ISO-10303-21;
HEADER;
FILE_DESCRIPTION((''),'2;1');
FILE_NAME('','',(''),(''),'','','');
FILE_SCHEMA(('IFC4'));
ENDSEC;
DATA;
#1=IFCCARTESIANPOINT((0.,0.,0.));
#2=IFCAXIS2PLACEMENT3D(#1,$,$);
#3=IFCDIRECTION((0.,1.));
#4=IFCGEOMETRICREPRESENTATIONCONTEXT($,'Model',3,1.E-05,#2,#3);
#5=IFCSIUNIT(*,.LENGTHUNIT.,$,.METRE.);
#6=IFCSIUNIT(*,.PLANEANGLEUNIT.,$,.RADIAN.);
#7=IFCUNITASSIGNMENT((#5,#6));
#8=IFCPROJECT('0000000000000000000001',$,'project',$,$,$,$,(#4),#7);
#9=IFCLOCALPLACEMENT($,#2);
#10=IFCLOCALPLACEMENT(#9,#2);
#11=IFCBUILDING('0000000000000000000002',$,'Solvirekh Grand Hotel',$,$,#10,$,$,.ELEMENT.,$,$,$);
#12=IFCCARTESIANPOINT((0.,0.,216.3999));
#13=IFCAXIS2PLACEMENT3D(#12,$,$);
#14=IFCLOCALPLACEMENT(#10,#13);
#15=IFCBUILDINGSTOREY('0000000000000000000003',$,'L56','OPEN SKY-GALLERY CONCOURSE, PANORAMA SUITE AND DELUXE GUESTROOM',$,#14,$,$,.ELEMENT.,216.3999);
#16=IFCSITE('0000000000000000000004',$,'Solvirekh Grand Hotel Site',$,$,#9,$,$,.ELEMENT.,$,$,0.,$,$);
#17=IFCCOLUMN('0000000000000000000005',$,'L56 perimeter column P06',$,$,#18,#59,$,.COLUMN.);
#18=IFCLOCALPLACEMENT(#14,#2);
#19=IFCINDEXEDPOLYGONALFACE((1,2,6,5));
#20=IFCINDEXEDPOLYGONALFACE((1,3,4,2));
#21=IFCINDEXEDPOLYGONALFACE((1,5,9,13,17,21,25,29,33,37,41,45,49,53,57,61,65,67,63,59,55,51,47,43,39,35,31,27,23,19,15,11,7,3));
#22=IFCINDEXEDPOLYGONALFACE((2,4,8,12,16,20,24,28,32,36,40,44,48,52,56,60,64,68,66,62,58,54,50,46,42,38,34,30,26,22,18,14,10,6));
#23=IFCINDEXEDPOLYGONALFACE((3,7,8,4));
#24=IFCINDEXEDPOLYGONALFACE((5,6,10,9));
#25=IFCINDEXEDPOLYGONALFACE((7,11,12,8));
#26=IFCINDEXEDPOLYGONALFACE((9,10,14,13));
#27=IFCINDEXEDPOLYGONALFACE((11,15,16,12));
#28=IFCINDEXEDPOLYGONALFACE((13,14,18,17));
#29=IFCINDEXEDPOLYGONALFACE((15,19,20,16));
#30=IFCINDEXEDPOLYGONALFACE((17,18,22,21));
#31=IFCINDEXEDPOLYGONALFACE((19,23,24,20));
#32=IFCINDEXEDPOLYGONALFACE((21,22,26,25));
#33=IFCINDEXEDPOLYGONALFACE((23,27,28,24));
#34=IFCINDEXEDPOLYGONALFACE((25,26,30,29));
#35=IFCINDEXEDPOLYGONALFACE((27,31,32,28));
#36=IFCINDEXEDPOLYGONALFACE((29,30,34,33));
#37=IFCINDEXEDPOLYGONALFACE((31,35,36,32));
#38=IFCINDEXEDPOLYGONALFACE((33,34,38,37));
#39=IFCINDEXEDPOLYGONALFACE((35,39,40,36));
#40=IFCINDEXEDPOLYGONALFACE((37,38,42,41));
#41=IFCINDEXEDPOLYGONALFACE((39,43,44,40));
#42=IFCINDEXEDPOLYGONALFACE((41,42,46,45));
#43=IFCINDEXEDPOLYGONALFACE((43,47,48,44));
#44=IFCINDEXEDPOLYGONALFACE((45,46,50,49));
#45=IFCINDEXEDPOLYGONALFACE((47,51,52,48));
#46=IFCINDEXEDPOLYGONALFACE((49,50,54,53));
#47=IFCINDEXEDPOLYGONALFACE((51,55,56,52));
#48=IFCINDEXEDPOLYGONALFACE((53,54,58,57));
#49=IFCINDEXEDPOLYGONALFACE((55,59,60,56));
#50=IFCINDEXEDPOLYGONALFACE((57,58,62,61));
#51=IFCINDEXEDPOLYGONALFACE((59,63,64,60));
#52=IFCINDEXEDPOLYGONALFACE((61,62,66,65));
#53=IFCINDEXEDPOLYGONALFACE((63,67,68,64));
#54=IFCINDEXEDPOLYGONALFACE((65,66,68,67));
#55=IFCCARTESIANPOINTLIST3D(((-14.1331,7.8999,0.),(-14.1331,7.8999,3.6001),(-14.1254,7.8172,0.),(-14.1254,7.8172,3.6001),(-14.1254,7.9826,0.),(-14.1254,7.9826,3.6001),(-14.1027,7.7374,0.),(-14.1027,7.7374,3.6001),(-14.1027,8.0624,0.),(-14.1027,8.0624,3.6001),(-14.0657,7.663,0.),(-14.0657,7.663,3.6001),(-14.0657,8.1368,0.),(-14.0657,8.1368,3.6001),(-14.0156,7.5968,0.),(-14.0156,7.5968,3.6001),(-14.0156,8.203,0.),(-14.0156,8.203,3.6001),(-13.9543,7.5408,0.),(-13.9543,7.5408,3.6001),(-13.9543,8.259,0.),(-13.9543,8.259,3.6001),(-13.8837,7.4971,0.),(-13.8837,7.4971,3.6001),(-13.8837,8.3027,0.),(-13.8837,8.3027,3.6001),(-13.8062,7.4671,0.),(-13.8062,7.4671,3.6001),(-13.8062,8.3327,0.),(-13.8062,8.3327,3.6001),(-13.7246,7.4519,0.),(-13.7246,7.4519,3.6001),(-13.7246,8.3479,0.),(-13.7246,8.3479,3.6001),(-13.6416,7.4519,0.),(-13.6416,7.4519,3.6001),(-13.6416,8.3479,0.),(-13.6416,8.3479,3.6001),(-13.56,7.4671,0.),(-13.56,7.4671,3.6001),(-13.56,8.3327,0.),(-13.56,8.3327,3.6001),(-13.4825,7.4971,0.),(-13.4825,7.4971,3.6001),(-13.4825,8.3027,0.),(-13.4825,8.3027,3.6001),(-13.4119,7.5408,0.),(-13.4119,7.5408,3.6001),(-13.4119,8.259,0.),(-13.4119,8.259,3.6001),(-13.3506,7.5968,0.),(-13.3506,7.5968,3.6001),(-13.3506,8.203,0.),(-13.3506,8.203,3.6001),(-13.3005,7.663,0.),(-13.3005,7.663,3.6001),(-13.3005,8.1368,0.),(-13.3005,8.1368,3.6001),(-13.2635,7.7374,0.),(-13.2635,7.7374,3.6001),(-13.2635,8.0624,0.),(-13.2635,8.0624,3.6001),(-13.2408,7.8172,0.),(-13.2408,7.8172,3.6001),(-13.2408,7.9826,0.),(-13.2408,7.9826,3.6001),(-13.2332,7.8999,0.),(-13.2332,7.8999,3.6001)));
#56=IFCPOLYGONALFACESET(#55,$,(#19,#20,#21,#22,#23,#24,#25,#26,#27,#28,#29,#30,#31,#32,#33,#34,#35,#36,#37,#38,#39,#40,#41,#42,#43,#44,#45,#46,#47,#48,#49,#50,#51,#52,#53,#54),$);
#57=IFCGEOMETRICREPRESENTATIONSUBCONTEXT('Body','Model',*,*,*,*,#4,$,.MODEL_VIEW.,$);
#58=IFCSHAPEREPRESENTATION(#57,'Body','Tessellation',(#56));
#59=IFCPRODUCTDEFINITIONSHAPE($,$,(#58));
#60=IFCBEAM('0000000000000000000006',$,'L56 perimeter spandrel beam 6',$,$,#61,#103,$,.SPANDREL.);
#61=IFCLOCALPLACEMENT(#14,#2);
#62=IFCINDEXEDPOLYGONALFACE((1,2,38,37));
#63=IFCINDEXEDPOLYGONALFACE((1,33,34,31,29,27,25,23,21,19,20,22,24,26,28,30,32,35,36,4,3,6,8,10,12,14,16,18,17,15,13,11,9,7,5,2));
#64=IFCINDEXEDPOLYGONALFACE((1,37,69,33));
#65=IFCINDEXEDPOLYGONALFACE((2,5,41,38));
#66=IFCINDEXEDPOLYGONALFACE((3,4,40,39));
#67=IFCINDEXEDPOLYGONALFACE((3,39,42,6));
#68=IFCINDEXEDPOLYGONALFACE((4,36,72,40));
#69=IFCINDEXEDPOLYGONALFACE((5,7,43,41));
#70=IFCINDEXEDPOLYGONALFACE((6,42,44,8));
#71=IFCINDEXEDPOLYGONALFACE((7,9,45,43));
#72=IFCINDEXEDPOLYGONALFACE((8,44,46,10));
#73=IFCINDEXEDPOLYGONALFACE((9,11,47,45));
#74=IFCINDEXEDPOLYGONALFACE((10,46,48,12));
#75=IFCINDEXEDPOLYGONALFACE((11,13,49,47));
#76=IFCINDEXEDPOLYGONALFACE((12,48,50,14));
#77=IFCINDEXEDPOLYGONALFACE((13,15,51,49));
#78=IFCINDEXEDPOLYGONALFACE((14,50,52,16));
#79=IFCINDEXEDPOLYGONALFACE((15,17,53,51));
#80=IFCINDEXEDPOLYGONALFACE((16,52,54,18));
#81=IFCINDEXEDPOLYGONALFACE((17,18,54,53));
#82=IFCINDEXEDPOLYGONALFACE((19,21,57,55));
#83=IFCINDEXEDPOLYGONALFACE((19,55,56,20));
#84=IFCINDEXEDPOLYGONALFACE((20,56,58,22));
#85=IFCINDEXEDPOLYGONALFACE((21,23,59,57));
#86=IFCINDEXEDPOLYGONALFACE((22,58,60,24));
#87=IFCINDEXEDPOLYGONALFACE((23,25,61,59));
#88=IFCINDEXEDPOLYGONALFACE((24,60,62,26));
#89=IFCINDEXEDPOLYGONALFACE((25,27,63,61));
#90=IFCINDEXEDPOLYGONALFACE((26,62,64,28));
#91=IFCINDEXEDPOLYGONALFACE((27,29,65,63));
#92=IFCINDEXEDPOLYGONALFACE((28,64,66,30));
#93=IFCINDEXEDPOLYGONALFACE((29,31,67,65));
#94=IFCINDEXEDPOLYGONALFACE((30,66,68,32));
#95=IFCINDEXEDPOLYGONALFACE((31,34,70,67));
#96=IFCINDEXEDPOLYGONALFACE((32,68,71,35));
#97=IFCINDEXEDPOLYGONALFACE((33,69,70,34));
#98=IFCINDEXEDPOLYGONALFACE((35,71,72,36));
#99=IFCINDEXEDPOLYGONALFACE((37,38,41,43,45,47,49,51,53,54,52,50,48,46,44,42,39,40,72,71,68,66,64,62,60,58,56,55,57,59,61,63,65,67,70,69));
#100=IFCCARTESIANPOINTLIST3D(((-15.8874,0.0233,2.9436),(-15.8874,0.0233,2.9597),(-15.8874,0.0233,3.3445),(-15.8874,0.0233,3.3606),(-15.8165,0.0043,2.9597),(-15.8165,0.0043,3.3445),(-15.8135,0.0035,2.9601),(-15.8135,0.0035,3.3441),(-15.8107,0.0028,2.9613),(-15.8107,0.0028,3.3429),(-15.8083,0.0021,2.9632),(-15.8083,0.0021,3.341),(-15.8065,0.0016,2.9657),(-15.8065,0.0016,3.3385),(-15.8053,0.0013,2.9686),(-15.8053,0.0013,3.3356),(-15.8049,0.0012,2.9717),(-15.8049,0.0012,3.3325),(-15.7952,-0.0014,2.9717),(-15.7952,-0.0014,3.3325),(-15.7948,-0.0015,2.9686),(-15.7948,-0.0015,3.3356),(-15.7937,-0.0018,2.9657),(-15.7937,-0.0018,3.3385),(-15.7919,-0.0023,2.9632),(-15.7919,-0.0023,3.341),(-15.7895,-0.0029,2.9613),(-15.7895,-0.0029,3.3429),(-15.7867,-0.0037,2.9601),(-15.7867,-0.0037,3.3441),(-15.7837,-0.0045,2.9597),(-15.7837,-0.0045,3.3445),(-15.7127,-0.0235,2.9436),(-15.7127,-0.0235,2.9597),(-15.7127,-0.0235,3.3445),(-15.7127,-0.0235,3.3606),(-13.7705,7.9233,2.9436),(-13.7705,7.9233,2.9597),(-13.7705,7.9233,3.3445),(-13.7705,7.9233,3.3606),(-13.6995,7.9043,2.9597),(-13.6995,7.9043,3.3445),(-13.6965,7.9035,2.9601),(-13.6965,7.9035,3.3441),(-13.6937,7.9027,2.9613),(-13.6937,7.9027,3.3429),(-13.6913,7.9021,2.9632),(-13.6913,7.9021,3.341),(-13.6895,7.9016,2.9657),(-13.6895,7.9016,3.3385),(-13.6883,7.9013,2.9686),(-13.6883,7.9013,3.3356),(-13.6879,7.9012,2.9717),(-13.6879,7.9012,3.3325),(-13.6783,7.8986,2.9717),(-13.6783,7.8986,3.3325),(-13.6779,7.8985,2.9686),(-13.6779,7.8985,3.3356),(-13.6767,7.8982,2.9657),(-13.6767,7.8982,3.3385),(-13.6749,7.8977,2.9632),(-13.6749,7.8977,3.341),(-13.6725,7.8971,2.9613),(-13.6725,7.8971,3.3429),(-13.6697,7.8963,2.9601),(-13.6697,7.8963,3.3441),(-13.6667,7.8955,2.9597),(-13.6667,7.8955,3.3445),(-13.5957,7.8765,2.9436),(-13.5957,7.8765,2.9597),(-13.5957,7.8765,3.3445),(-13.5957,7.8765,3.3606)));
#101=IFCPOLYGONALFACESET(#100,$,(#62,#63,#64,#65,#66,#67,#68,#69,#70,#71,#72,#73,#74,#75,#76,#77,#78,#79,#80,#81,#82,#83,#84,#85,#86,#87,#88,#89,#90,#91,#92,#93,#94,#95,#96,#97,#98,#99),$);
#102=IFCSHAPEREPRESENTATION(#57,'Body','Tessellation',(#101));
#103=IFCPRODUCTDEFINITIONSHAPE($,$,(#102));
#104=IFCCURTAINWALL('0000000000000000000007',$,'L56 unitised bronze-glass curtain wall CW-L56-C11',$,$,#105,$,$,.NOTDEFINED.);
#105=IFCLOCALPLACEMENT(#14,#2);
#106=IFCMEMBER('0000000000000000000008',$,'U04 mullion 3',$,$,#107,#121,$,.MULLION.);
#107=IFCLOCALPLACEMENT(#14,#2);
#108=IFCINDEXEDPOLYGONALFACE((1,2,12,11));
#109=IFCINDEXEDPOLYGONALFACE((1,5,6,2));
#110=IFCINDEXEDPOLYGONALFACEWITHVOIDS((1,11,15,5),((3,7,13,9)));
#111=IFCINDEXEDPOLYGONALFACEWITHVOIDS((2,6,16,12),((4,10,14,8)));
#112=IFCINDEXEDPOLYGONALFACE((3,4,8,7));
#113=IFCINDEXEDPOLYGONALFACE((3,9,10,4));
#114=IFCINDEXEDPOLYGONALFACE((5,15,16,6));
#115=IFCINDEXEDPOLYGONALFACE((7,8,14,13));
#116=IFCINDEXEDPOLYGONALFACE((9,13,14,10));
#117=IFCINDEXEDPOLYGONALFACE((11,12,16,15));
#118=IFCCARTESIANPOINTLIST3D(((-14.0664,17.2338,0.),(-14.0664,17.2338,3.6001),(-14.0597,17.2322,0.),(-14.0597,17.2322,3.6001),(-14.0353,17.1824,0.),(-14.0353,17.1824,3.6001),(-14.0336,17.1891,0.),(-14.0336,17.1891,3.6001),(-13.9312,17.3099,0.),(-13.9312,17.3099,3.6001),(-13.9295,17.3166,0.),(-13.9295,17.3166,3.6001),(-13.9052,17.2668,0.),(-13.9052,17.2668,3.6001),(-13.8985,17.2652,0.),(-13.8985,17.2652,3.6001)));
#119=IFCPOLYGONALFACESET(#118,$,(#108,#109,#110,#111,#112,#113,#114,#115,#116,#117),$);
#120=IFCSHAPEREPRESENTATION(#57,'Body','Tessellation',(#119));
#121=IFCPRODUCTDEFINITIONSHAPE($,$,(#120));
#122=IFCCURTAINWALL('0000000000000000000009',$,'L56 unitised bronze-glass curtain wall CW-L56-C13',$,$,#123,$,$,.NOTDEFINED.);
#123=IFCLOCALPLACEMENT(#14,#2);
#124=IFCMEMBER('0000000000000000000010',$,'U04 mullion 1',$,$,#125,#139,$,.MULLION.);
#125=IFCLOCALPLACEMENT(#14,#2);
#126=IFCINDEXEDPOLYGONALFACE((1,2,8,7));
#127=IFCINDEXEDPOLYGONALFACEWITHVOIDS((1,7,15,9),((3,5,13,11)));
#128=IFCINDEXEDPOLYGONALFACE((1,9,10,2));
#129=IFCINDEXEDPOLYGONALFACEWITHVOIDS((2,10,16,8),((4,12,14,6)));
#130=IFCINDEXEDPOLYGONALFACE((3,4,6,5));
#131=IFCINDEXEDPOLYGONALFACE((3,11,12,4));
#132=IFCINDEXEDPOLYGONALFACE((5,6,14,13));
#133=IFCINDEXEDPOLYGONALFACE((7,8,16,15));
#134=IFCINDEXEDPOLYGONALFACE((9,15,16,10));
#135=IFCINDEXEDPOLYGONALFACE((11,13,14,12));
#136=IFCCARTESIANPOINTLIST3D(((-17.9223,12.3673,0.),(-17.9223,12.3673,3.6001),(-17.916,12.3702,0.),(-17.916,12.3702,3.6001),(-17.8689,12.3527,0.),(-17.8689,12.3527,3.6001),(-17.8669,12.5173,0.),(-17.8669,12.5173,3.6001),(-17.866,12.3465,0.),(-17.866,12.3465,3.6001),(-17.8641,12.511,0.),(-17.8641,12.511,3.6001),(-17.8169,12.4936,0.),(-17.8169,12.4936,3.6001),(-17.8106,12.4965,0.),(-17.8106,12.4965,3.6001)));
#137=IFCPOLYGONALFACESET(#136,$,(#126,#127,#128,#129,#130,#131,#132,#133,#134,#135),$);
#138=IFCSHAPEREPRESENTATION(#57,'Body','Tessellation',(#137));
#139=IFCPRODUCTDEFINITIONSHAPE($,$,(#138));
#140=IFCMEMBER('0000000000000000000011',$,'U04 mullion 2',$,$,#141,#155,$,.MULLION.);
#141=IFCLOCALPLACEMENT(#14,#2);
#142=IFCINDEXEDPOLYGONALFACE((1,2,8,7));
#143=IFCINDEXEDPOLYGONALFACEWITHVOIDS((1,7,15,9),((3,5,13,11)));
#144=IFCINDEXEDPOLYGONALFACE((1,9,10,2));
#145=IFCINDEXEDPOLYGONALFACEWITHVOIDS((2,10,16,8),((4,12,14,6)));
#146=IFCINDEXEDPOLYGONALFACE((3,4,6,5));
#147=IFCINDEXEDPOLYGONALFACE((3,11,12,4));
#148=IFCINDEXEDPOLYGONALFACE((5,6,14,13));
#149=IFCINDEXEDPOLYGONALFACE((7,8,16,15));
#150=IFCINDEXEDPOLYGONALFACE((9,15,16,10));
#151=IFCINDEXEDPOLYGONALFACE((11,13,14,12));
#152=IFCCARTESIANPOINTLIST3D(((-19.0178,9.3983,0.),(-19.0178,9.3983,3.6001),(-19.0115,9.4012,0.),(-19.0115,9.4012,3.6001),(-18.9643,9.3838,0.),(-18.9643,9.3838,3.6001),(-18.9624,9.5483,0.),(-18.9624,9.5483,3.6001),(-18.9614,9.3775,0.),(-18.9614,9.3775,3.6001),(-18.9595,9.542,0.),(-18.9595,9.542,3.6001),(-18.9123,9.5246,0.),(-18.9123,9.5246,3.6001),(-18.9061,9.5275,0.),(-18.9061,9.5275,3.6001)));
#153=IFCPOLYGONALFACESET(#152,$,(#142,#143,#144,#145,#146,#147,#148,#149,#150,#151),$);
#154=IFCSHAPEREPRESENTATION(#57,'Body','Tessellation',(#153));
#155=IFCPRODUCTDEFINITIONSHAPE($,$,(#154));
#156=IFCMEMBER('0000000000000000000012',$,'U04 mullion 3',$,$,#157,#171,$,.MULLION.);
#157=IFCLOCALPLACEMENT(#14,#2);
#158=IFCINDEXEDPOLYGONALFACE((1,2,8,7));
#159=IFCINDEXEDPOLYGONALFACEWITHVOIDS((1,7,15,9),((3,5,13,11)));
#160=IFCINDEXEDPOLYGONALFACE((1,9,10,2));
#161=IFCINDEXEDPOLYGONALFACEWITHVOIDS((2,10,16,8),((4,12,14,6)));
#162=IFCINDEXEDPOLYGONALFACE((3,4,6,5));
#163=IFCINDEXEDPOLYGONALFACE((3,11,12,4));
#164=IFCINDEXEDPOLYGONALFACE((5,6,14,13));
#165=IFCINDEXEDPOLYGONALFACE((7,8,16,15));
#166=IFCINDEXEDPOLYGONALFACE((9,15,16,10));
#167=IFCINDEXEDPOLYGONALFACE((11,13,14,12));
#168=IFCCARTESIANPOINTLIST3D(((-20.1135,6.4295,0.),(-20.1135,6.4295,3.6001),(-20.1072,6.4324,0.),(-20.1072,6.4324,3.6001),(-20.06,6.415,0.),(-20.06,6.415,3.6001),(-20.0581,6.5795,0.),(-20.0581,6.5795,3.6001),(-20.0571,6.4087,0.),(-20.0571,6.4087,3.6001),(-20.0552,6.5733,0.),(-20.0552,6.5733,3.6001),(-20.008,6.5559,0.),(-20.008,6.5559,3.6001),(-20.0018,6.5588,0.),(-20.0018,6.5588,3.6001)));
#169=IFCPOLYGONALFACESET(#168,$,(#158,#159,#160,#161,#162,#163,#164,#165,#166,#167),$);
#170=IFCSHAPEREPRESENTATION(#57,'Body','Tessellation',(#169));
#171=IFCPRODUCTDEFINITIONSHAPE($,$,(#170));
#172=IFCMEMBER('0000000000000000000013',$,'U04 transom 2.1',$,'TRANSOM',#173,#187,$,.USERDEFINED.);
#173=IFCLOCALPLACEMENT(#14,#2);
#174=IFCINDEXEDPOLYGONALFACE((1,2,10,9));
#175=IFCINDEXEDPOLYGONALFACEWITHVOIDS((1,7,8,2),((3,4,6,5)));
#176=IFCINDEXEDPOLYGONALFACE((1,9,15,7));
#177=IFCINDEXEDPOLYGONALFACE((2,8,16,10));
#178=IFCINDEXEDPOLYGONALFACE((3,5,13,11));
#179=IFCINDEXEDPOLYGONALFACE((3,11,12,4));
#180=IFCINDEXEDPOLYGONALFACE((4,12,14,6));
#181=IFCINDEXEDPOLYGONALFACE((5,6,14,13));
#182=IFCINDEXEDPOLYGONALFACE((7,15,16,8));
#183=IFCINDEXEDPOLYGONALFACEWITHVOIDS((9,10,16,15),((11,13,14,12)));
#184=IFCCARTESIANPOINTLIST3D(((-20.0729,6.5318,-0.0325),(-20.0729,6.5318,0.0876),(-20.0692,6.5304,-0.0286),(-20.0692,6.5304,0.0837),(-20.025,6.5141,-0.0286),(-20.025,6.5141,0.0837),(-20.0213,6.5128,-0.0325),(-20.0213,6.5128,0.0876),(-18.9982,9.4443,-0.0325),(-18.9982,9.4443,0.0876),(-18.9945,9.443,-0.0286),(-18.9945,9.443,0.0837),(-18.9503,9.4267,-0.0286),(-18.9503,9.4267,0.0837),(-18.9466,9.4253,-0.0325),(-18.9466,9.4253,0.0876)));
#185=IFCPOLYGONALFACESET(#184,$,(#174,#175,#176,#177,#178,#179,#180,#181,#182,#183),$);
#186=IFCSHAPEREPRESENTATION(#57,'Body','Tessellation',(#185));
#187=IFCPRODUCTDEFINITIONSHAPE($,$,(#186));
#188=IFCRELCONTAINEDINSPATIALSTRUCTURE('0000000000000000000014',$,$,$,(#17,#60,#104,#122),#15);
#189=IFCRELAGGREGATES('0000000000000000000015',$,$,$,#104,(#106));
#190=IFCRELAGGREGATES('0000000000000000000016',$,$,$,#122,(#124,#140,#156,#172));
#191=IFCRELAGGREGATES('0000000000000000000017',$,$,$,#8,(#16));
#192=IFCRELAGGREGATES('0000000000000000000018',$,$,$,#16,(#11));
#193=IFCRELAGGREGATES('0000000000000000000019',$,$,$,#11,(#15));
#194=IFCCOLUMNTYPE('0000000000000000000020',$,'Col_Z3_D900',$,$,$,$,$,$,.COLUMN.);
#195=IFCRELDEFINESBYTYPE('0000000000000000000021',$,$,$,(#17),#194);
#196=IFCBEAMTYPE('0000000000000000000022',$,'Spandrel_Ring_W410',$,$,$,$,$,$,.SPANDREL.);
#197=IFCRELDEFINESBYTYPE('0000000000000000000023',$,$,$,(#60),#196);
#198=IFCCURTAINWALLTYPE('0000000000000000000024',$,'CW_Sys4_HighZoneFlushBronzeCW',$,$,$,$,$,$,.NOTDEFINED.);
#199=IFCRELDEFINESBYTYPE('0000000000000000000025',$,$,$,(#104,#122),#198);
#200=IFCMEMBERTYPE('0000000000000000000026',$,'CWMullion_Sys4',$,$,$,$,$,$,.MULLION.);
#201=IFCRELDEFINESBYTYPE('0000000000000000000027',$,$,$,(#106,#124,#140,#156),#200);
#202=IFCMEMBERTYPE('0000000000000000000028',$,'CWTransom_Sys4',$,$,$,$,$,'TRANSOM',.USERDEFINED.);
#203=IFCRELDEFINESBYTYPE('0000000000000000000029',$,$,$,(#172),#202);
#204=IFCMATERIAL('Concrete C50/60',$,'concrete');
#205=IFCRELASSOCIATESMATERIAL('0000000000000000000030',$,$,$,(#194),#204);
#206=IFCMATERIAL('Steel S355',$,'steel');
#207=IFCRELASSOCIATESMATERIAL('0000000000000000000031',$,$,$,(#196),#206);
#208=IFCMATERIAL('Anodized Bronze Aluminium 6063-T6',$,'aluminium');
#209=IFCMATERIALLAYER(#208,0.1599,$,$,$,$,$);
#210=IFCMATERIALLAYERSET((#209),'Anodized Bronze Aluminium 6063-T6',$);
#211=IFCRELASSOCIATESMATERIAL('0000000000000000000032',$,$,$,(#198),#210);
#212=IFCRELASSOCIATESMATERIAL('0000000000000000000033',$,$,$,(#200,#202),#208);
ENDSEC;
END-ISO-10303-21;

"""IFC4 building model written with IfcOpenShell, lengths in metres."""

from ifc_helpers import new_model, si_unit, direction, frame, origin, origin_2d, place, context, subcontext, project, spatial, hollow_rectangle, circle, i_section, extrude, source, transform, mapped, material, layer, layer_set, material_profile, profile_set, type_object, element, aggregate, save


model = new_model("IFC4")

# Units and contexts
model_context = context("Model", 3, precision=1e-05, world=origin(), true_north=direction((0.0, 1.0)))
body_context = subcontext(model_context, "Body", "Model", "MODEL_VIEW")
ifc_project = project(units=[si_unit("LENGTHUNIT", "METRE"), si_unit("PLANEANGLEUNIT", "RADIAN")], contexts=[model_context])

# Site, building, storey
site_placement = place(None, origin())
site = spatial("IfcSite", under=ifc_project, at=site_placement, Name="Solvirekh Grand Hotel Site", CompositionType="ELEMENT", RefElevation=0.0)
building_placement = place(site_placement, origin())
building = spatial("IfcBuilding", under=site, at=building_placement, Name="Solvirekh Grand Hotel", CompositionType="ELEMENT")
storey_placement = place(building_placement, frame((0.0, 0.0, 216.3999)))
storey = spatial("IfcBuildingStorey", under=building, at=storey_placement, Name="L56", Description="OPEN SKY-GALLERY CONCOURSE, PANORAMA SUITE AND DELUXE GUESTROOM", CompositionType="ELEMENT", Elevation=216.3999)

# Column
ifc_material_1 = material(Name="Concrete C50/60", Category="concrete")
ifc_material_profile_1 = material_profile(ifc_material_1, circle(Radius=0.45, at=origin_2d()), Name="RC CIRC D900")
ifc_profile_set_1 = profile_set([ifc_material_profile_1], Name="Concrete C50/60")
column_type = type_object("IfcColumnType", Name="Col_Z3_D900", PredefinedType="COLUMN", material=ifc_profile_set_1)
column_placement = place(storey_placement, frame((-13.6831, 7.8999, 0.0), z_axis=(0.0, 0.0, 1.0), x_axis=(1.0, 0.0, 0.0)))
element("IfcColumn", 1, at=column_placement, inside=storey, type_object=column_type, Name="L56 perimeter column P06", PredefinedType="COLUMN", context=body_context, shape_type="SweptSolid", body=[
    extrude(circle(Radius=0.45, at=origin_2d()), origin(), (0.0, 0.0, 1.0), 3.6001),
])

# Beam
ifc_material_2 = material(Name="Steel S355", Category="steel")
ifc_material_profile_2 = material_profile(ifc_material_2, i_section(OverallWidth=0.1809, OverallDepth=0.417, WebThickness=0.01, FlangeThickness=0.0161, FilletRadius=0.012, at=origin_2d()), Name="W410X85")
ifc_profile_set_2 = profile_set([ifc_material_profile_2], Name="Steel S355")
beam_type = type_object("IfcBeamType", Name="Spandrel_Ring_W410", PredefinedType="SPANDREL", material=ifc_profile_set_2)
beam_placement = place(storey_placement, frame((-13.6831, 7.8999, 3.1521), z_axis=(-0.258839, -0.965921, 0.0), x_axis=(0.965921, -0.258839, 0.0)))
element("IfcBeam", 2, at=beam_placement, inside=storey, type_object=beam_type, Name="L56 perimeter spandrel beam 6", PredefinedType="SPANDREL", context=body_context, shape_type="SweptSolid", body=[
    extrude(i_section(OverallWidth=0.1809, OverallDepth=0.417, WebThickness=0.01, FlangeThickness=0.0161, FilletRadius=0.012, at=origin_2d()), origin(), (0.0, 0.0, 1.0), 8.1787),
])

# Curtain wall, member
ifc_material_3 = material(Name="Anodized Bronze Aluminium 6063-T6", Category="aluminium")
ifc_layer_1 = layer(ifc_material_3, 0.1599)
ifc_layer_set_1 = layer_set([ifc_layer_1], Name="Anodized Bronze Aluminium 6063-T6")
curtain_wall_type = type_object("IfcCurtainWallType", Name="CW_Sys4_HighZoneFlushBronzeCW", PredefinedType="NOTDEFINED", material=ifc_layer_set_1)
curtain_wall_1_placement = place(storey_placement, origin())
curtain_wall_1 = element("IfcCurtainWall", 3, at=curtain_wall_1_placement, inside=storey, type_object=curtain_wall_type, Name="L56 unitised bronze-glass curtain wall CW-L56-C11", PredefinedType="NOTDEFINED")
ifc_material_profile_3 = material_profile(ifc_material_3, hollow_rectangle(XDim=0.0601, YDim=0.1599, WallThickness=0.0049, at=origin_2d()), Name="ALU RHS 160X60X5")
ifc_profile_set_3 = profile_set([ifc_material_profile_3], Name="Anodized Bronze Aluminium 6063-T6")
member_type_1 = type_object("IfcMemberType", Name="CWMullion_Sys4", PredefinedType="MULLION", material=ifc_profile_set_3)
shared_shape_1 = source(origin(), body_context, "Body", "SweptSolid", [
    extrude(hollow_rectangle(XDim=0.0601, YDim=0.1599, WallThickness=0.0049, at=origin_2d()), origin(), (0.0, 0.0, 1.0), 3.6001),
])
member_1_placement = place(storey_placement, frame((-13.9824, 17.2495, 0.0), z_axis=(0.0, 0.0, 1.0), x_axis=(0.517499, -0.855684, 0.0)))
member_1 = element("IfcMember", 4, at=member_1_placement, type_object=member_type_1, Name="U04 mullion 3", PredefinedType="MULLION", context=body_context, shape_type="MappedRepresentation", body=[
    mapped(shared_shape_1, transform((0.0, 0.0, 0.0), x_axis=(1.0, 0.0, 0.0), y_axis=(0.0, 1.0, 0.0), z_axis=(0.0, 0.0, 1.0), scale=1.0)),
])
aggregate(curtain_wall_1, [member_1])

# Curtain wall, members
curtain_wall_2_placement = place(storey_placement, origin())
curtain_wall_2 = element("IfcCurtainWall", 5, at=curtain_wall_2_placement, inside=storey, type_object=curtain_wall_type, Name="L56 unitised bronze-glass curtain wall CW-L56-C13", PredefinedType="NOTDEFINED")
member_2_placement = place(storey_placement, frame((-17.8665, 12.4319, 0.0), z_axis=(0.0, 0.0, 1.0), x_axis=(0.938156, -0.346213, 0.0)))
member_2 = element("IfcMember", 6, at=member_2_placement, type_object=member_type_1, Name="U04 mullion 1", PredefinedType="MULLION", context=body_context, shape_type="MappedRepresentation", body=[
    mapped(shared_shape_1, transform((0.0, 0.0, 0.0), x_axis=(1.0, 0.0, 0.0), y_axis=(0.0, 1.0, 0.0), z_axis=(0.0, 0.0, 1.0), scale=1.0)),
])
member_3_placement = place(storey_placement, frame((-18.9619, 9.4629, 0.0), z_axis=(0.0, 0.0, 1.0), x_axis=(0.938156, -0.346213, 0.0)))
member_3 = element("IfcMember", 7, at=member_3_placement, type_object=member_type_1, Name="U04 mullion 2", PredefinedType="MULLION", context=body_context, shape_type="MappedRepresentation", body=[
    mapped(shared_shape_1, transform((0.0, 0.0, 0.0), x_axis=(1.0, 0.0, 0.0), y_axis=(0.0, 1.0, 0.0), z_axis=(0.0, 0.0, 1.0), scale=1.0)),
])
member_4_placement = place(storey_placement, frame((-20.0576, 6.4941, 0.0), z_axis=(0.0, 0.0, 1.0), x_axis=(0.938156, -0.346213, 0.0)))
member_4 = element("IfcMember", 8, at=member_4_placement, type_object=member_type_1, Name="U04 mullion 3", PredefinedType="MULLION", context=body_context, shape_type="MappedRepresentation", body=[
    mapped(shared_shape_1, transform((0.0, 0.0, 0.0), x_axis=(1.0, 0.0, 0.0), y_axis=(0.0, 1.0, 0.0), z_axis=(0.0, 0.0, 1.0), scale=1.0)),
])
ifc_material_profile_4 = material_profile(ifc_material_3, hollow_rectangle(XDim=0.0549, YDim=0.1201, WallThickness=0.0039, at=origin_2d()), Name="ALU RHS 120X55X4")
ifc_profile_set_4 = profile_set([ifc_material_profile_4], Name="Anodized Bronze Aluminium 6063-T6")
member_type_2 = type_object("IfcMemberType", Name="CWTransom_Sys4", ElementType="TRANSOM", PredefinedType="USERDEFINED", material=ifc_profile_set_4)
shared_shape_2 = source(origin(), body_context, "Body", "SweptSolid", [
    extrude(hollow_rectangle(XDim=0.0549, YDim=0.1201, WallThickness=0.0039, at=origin_2d()), origin(), (0.0, 0.0, 1.0), 3.1045),
])
member_5_placement = place(storey_placement, frame((-18.9724, 9.4348, 0.0276), z_axis=(-0.346172, -0.938171, 0.0), x_axis=(0.938171, -0.346172, 0.0)))
member_5 = element("IfcMember", 9, at=member_5_placement, type_object=member_type_2, Name="U04 transom 2.1", ObjectType="TRANSOM", PredefinedType="USERDEFINED", context=body_context, shape_type="MappedRepresentation", body=[
    mapped(shared_shape_2, transform((0.0, 0.0, 0.0), x_axis=(1.0, 0.0, 0.0), y_axis=(0.0, 1.0, 0.0), z_axis=(0.0, 0.0, 1.0), scale=1.0)),
])
aggregate(curtain_wall_2, [member_2, member_3, member_4, member_5])

save(model, "model.ifc")
